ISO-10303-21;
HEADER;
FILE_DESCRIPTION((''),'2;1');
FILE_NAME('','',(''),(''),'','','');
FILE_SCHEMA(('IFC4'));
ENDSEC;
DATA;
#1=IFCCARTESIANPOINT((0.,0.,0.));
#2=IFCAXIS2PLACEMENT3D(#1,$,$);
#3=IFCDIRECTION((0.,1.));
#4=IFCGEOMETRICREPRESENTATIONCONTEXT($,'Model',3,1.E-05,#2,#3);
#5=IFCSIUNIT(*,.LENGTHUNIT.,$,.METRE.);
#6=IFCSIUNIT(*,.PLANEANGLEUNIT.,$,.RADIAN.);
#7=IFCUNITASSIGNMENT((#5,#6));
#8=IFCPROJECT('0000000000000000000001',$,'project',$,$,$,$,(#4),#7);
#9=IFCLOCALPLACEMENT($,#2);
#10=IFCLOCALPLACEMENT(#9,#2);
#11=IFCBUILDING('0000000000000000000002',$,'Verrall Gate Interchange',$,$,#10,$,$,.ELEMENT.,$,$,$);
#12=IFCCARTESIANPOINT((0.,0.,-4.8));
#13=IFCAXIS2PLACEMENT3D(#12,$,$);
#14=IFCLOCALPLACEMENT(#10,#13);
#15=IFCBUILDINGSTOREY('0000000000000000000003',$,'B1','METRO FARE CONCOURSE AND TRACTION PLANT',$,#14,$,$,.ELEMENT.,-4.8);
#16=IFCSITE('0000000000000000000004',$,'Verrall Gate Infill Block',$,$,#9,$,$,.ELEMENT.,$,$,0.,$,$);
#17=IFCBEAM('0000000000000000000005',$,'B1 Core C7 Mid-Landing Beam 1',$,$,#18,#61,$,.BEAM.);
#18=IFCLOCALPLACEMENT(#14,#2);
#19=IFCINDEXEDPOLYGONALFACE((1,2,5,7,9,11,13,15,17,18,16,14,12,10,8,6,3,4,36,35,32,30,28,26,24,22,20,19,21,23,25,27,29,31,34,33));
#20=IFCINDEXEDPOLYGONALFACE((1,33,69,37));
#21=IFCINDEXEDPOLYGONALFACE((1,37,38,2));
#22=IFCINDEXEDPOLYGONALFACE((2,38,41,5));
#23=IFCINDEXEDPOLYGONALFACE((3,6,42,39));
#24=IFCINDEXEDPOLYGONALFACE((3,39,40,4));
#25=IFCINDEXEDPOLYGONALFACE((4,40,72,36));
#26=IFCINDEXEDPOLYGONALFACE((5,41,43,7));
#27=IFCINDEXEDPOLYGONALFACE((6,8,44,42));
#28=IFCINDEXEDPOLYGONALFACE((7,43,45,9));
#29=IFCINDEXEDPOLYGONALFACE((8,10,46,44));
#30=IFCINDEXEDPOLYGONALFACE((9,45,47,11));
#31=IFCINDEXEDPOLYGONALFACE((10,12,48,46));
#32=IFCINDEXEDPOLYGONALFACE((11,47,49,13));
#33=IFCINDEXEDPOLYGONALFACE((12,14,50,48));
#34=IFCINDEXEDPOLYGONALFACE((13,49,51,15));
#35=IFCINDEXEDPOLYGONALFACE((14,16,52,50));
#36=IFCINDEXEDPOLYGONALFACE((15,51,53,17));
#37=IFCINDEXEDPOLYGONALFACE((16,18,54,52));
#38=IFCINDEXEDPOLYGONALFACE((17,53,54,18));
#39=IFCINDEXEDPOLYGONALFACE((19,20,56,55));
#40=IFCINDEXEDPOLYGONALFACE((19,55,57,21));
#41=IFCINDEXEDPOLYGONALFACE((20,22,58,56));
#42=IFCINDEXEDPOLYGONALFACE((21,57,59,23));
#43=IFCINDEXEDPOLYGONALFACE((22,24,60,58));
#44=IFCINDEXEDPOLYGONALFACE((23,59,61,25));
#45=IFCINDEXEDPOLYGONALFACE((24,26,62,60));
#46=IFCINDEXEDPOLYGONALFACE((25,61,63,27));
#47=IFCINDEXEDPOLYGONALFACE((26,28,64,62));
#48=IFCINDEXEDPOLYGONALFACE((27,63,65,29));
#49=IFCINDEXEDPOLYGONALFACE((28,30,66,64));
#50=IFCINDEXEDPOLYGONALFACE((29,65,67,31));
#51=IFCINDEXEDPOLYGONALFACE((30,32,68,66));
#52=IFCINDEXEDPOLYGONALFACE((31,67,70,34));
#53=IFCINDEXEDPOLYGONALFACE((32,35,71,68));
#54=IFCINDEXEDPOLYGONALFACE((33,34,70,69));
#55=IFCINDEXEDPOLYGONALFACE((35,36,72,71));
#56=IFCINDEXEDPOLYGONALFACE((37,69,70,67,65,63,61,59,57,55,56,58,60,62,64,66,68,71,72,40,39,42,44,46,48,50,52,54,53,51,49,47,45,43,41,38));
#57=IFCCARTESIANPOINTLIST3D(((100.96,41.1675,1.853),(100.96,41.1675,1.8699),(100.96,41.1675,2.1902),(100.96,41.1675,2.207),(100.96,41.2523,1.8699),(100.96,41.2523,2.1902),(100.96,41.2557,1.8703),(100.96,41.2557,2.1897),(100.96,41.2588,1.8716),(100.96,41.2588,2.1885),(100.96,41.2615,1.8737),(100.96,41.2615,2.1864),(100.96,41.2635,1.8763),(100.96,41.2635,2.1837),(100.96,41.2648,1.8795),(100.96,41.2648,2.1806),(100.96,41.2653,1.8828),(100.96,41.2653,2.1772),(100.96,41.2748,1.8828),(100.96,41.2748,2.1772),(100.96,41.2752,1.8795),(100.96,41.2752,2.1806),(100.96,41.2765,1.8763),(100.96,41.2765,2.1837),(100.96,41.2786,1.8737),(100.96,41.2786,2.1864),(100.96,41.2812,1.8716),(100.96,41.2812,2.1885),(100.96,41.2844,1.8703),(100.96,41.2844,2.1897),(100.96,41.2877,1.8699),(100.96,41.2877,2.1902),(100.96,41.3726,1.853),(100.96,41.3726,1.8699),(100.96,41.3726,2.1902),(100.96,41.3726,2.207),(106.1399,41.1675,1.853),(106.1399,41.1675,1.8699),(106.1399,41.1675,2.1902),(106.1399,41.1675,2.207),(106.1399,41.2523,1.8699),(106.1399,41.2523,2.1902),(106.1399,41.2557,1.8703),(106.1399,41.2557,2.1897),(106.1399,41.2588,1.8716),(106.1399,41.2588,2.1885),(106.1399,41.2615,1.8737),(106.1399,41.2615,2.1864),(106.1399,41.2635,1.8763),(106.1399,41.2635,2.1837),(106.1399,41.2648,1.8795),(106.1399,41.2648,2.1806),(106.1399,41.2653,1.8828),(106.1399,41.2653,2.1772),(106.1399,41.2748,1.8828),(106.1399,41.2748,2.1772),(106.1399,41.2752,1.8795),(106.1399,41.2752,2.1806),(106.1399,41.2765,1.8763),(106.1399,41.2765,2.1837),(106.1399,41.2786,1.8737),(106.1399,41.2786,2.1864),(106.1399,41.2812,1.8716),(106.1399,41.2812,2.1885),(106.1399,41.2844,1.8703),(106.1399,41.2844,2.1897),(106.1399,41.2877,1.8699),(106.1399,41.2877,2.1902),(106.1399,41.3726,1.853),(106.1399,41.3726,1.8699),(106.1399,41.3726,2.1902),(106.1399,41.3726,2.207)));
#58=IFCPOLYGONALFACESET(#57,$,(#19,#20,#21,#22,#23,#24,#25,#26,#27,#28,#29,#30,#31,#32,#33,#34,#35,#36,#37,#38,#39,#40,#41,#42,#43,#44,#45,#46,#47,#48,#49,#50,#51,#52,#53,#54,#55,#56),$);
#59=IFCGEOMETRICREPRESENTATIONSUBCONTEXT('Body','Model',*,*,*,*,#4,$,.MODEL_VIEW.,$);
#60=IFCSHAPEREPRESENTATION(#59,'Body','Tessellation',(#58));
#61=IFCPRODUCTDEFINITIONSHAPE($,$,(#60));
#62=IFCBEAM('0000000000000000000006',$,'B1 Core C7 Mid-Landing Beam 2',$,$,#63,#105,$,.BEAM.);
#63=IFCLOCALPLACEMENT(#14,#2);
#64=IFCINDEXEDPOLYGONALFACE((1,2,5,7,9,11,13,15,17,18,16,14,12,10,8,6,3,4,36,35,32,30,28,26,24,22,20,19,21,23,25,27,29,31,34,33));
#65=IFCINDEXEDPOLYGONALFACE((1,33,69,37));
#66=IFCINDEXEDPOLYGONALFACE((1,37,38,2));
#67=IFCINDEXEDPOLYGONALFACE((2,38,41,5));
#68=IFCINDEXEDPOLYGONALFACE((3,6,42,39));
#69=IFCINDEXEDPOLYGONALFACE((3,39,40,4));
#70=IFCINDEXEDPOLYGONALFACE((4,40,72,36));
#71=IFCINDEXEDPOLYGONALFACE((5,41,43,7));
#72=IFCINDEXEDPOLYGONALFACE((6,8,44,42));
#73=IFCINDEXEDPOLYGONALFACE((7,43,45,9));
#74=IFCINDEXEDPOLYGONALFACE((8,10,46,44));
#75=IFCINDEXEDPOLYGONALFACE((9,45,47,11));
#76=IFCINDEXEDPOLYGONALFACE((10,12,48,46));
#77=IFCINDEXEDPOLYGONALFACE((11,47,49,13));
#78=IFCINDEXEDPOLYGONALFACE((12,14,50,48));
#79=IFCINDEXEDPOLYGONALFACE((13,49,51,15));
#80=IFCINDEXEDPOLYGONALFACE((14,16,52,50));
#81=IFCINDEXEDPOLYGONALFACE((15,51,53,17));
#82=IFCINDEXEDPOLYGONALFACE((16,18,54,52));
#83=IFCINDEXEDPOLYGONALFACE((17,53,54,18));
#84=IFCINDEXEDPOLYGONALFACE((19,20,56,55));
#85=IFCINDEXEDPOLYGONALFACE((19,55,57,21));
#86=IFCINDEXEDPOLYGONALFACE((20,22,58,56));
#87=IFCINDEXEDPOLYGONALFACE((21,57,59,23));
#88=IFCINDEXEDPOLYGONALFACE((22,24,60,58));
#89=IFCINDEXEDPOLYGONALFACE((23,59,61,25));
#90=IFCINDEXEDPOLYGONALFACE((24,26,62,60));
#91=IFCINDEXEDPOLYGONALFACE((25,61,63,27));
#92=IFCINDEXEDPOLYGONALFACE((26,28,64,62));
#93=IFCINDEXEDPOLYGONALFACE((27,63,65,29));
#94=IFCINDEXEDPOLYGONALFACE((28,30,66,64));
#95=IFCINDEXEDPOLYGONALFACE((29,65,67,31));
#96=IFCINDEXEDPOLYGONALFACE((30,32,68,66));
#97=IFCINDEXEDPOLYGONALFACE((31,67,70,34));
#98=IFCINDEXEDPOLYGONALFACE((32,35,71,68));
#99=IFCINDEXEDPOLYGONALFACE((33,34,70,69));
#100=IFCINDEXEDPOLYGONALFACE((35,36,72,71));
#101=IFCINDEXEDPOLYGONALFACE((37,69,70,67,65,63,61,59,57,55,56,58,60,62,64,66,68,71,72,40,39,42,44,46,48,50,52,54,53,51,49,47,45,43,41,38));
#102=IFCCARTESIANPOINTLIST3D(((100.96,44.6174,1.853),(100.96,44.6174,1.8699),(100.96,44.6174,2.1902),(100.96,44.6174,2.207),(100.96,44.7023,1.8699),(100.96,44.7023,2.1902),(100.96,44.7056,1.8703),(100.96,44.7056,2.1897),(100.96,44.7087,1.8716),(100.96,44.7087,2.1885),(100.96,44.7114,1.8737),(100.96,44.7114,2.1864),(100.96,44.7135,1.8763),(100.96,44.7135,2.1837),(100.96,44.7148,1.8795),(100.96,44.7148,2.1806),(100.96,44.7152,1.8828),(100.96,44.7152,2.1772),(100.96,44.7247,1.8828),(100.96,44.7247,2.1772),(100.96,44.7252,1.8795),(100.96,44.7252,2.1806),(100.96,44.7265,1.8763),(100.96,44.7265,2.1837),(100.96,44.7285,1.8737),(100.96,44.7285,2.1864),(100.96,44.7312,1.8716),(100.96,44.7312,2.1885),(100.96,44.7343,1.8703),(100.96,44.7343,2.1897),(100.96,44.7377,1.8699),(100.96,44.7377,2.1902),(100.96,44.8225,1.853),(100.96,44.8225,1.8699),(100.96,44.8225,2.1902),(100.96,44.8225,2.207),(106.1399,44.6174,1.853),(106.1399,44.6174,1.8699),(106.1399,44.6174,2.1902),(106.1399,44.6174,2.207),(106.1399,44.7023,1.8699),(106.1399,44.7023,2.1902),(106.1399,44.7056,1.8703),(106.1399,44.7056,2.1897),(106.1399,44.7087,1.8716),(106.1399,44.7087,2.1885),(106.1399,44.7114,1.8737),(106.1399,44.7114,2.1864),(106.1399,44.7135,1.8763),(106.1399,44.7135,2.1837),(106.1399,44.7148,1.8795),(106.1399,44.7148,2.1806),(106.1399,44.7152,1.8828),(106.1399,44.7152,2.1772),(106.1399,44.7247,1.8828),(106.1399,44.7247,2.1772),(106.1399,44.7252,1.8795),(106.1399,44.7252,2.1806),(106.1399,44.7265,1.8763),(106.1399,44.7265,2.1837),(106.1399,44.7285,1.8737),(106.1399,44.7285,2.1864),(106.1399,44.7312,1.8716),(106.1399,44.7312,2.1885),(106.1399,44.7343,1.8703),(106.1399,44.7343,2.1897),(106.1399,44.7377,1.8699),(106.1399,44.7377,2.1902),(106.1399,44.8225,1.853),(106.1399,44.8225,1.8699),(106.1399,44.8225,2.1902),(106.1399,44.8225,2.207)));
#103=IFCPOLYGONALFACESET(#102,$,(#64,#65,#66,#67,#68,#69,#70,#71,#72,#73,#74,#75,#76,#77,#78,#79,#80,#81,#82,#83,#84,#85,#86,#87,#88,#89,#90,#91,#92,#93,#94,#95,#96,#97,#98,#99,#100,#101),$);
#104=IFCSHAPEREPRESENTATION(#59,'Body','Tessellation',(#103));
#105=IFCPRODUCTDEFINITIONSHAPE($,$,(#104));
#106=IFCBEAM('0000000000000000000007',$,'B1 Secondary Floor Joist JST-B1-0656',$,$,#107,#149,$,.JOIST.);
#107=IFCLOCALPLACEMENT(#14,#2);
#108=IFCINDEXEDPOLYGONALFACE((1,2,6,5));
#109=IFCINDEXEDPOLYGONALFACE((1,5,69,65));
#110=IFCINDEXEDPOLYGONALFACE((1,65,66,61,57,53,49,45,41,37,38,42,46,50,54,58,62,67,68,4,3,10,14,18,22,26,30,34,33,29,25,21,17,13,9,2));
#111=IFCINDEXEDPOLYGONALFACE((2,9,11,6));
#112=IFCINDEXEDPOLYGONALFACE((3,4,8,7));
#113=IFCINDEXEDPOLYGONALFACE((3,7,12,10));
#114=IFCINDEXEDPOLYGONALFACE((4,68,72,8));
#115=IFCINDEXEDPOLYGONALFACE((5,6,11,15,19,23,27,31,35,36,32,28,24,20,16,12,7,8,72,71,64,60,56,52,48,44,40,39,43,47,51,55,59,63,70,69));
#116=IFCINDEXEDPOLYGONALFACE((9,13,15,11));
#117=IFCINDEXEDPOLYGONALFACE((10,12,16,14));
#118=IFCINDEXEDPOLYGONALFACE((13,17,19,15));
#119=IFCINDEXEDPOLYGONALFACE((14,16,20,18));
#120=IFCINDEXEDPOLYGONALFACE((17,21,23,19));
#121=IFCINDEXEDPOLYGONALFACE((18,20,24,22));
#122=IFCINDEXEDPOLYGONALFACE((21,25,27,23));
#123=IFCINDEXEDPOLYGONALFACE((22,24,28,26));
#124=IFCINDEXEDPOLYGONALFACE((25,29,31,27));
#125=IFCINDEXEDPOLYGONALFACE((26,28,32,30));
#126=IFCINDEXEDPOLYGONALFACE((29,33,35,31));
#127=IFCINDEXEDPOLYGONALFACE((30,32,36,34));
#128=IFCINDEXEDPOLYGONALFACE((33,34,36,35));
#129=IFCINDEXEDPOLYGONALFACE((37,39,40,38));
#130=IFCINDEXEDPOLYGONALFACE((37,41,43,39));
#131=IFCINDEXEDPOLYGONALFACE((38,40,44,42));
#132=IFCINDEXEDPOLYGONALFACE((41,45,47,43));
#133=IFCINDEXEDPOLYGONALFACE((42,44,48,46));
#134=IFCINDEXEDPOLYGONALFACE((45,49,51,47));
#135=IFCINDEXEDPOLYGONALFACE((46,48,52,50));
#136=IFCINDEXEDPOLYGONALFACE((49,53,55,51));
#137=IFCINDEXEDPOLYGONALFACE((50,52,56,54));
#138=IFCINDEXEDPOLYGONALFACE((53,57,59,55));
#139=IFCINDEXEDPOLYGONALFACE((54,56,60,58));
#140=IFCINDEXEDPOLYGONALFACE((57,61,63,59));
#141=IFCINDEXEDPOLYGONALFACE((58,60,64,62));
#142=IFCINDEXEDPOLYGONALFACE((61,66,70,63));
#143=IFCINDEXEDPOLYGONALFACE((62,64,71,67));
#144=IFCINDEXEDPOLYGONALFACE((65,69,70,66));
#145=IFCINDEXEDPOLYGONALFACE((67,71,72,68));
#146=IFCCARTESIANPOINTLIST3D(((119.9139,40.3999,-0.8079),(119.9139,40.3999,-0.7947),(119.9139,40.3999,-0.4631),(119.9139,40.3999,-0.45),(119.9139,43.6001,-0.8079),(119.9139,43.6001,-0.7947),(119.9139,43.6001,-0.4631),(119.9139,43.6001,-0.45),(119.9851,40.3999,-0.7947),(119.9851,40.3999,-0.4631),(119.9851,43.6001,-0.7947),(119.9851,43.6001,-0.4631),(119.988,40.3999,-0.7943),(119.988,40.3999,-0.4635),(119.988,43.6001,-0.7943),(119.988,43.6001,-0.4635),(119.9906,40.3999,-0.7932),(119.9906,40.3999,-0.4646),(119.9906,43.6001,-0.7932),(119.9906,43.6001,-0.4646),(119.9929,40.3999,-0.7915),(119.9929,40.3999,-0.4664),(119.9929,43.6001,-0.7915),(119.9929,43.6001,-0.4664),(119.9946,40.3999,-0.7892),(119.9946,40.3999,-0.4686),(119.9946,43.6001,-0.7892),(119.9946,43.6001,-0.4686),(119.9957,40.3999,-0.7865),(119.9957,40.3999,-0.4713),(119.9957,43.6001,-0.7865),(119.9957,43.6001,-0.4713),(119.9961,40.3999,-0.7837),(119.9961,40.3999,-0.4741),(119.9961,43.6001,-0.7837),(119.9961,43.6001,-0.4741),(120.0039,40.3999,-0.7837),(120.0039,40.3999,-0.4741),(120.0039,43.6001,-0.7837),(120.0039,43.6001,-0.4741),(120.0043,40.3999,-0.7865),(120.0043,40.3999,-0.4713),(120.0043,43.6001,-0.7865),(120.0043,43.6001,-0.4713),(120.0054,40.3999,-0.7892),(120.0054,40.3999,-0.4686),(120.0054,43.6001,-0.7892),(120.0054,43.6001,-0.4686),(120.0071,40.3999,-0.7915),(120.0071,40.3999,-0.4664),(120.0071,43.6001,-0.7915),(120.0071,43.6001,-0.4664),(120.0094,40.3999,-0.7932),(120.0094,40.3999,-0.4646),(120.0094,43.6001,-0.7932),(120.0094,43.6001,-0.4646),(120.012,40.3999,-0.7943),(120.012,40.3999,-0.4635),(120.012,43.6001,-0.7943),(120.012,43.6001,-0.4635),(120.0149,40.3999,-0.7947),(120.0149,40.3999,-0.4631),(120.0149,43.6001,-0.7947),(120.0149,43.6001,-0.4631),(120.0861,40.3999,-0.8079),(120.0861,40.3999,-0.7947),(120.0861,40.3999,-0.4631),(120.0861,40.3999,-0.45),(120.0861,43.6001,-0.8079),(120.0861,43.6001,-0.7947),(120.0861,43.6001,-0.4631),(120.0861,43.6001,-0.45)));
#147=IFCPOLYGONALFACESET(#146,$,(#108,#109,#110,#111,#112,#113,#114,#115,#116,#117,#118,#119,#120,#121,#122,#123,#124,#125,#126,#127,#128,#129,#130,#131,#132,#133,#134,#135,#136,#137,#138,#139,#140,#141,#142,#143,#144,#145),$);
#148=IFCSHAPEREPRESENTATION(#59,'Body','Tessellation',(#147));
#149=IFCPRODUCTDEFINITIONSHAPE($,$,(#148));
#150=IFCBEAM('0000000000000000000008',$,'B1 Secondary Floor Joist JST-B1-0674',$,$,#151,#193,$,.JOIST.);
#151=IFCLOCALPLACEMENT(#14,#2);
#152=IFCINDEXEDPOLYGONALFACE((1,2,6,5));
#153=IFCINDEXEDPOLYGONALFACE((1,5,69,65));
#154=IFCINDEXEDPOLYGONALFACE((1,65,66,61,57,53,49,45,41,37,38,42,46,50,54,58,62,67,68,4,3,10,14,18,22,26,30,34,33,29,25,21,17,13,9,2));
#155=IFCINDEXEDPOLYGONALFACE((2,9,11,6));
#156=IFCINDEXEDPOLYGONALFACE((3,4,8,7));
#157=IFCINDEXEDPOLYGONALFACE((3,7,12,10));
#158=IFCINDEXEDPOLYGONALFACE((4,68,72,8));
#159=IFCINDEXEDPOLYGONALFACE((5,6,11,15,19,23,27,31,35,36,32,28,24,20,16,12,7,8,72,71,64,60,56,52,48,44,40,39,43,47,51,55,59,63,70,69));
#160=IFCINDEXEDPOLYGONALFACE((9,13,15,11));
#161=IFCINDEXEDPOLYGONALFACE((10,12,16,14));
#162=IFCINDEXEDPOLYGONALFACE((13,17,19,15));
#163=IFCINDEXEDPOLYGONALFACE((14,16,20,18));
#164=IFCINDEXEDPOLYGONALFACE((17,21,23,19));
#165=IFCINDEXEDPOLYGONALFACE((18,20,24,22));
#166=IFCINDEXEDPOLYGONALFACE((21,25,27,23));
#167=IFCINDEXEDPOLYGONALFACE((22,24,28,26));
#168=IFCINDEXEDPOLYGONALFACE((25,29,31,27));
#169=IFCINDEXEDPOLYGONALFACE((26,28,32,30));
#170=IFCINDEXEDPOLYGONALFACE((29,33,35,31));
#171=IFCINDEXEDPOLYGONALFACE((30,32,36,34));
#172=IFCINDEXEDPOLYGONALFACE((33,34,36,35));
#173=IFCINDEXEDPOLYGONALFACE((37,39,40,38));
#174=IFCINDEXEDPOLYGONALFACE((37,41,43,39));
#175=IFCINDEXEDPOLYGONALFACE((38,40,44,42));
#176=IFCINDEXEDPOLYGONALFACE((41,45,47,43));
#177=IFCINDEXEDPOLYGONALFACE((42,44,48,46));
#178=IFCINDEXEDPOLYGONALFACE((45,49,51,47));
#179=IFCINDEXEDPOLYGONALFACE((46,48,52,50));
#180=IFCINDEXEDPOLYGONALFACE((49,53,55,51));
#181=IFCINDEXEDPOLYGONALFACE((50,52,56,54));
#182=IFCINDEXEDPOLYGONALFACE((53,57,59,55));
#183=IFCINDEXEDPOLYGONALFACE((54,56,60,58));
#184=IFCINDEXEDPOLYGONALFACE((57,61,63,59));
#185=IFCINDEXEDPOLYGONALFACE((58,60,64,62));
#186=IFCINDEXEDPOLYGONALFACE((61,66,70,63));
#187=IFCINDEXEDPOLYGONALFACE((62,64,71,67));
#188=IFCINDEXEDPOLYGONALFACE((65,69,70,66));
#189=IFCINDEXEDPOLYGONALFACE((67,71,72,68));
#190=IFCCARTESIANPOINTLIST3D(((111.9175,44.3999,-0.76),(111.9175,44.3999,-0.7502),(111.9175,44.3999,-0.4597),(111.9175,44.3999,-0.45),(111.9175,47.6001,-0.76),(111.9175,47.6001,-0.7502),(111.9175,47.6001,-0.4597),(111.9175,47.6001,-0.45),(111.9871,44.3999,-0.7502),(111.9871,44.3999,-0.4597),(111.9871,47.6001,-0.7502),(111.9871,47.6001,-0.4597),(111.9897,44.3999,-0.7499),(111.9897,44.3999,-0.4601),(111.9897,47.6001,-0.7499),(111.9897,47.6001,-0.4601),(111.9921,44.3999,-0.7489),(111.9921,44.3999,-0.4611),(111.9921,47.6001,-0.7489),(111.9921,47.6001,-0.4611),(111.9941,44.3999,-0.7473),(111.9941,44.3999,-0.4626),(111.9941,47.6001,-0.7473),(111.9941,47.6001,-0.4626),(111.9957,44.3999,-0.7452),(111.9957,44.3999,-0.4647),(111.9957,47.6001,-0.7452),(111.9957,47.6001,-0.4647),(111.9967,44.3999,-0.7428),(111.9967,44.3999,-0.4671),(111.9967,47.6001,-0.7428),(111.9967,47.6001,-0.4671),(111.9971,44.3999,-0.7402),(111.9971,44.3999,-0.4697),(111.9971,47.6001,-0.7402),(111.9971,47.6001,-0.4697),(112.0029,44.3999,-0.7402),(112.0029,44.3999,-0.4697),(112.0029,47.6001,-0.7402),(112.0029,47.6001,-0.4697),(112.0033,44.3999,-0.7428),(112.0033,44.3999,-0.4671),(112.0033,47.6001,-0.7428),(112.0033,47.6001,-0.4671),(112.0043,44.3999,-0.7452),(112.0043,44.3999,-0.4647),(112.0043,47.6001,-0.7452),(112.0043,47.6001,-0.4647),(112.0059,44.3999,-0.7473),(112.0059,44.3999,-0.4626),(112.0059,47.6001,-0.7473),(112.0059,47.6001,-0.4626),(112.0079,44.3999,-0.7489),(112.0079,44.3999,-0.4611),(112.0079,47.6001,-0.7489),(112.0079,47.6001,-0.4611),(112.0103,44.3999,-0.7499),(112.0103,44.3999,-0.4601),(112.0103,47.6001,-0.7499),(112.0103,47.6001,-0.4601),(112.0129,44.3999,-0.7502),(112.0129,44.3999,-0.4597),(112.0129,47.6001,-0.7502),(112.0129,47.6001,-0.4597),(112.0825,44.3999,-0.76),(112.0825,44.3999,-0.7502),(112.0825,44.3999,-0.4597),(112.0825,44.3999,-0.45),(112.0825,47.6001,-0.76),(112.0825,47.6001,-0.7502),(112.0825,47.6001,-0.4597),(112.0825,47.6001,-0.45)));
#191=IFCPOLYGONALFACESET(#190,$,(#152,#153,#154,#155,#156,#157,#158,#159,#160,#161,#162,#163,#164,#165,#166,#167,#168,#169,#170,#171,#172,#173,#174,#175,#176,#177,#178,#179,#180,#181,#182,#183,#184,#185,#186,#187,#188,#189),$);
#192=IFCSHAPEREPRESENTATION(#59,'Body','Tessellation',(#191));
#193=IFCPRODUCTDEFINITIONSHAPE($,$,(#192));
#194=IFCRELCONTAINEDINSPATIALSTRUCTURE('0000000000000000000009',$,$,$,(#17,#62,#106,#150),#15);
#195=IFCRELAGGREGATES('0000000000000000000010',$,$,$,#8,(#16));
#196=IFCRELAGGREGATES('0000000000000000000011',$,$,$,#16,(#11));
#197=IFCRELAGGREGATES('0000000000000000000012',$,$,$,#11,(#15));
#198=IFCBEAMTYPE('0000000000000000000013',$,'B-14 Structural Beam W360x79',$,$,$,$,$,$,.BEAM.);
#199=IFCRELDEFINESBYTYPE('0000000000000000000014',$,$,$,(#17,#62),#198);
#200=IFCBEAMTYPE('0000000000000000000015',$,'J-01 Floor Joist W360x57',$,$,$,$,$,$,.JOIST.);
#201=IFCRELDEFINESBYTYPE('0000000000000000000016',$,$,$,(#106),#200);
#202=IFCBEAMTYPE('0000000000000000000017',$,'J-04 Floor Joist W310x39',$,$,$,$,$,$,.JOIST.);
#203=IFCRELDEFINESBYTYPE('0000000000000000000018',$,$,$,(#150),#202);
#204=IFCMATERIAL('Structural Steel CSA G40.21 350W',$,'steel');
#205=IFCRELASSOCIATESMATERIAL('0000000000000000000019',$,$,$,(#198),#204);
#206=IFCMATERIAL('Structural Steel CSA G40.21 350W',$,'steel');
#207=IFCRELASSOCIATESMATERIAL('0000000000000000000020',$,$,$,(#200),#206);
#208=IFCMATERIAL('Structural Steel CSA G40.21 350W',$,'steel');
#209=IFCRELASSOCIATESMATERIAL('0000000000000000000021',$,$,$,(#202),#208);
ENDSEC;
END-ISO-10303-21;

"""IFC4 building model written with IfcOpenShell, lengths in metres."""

from ifc_helpers import new_model, si_unit, direction, frame, origin, origin_2d, place, context, subcontext, project, spatial, i_section, extrude, material, material_profile, profile_set, type_object, element, save


model = new_model("IFC4")

# Units and contexts
model_context = context("Model", 3, precision=1e-05, world=origin(), true_north=direction((0.0, 1.0)))
body_context = subcontext(model_context, "Body", "Model", "MODEL_VIEW")
ifc_project = project(units=[si_unit("LENGTHUNIT", "METRE"), si_unit("PLANEANGLEUNIT", "RADIAN")], contexts=[model_context])

# Site, building, storey
site_placement = place(None, origin())
site = spatial("IfcSite", under=ifc_project, at=site_placement, Name="Verrall Gate Infill Block", CompositionType="ELEMENT", RefElevation=0.0)
building_placement = place(site_placement, origin())
building = spatial("IfcBuilding", under=site, at=building_placement, Name="Verrall Gate Interchange", CompositionType="ELEMENT")
storey_placement = place(building_placement, frame((0.0, 0.0, -4.8)))
storey = spatial("IfcBuildingStorey", under=building, at=storey_placement, Name="B1", Description="METRO FARE CONCOURSE AND TRACTION PLANT", CompositionType="ELEMENT", Elevation=-4.8)

# Beams
ifc_material_1 = material(Name="Structural Steel CSA G40.21 350W", Category="steel")
ifc_material_profile_1 = material_profile(ifc_material_1, i_section(OverallWidth=0.2051, OverallDepth=0.354, WebThickness=0.0095, FlangeThickness=0.0168, FilletRadius=0.0129, at=origin_2d()), Name="W360x79")
ifc_profile_set_1 = profile_set([ifc_material_profile_1], Name="Structural Steel CSA G40.21 350W")
beam_type_1 = type_object("IfcBeamType", Name="B-14 Structural Beam W360x79", PredefinedType="BEAM", material=ifc_profile_set_1)
for number, where, z_axis, x_axis, name in (
    (1, (100.96, 41.27, 2.03), (1.0, 0.0, 0.0), (0.0, 1.0, 0.0), "B1 Core C7 Mid-Landing Beam 1"),
    (2, (100.96, 44.72, 2.03), (1.0, 0.0, 0.0), (0.0, 1.0, 0.0), "B1 Core C7 Mid-Landing Beam 2"),
):
    element("IfcBeam", number, at=place(storey_placement, frame(where, z_axis=z_axis, x_axis=x_axis)), inside=storey, type_object=beam_type_1, Name=name, PredefinedType="BEAM", context=body_context, shape_type="SweptSolid", body=[
        extrude(i_section(OverallWidth=0.2051, OverallDepth=0.354, WebThickness=0.0095, FlangeThickness=0.0168, FilletRadius=0.0129, at=origin_2d()), origin(), (0.0, 0.0, 1.0), 5.1799),
    ])
ifc_material_2 = material(Name="Structural Steel CSA G40.21 350W", Category="steel")
ifc_material_profile_2 = material_profile(ifc_material_2, i_section(OverallWidth=0.1721, OverallDepth=0.3579, WebThickness=0.0078, FlangeThickness=0.0132, FilletRadius=0.011, at=origin_2d()), Name="W360x57")
ifc_profile_set_2 = profile_set([ifc_material_profile_2], Name="Structural Steel CSA G40.21 350W")
beam_type_2 = type_object("IfcBeamType", Name="J-01 Floor Joist W360x57", PredefinedType="JOIST", material=ifc_profile_set_2)
beam_1_placement = place(storey_placement, frame((120.0, 40.3999, -0.6289), z_axis=(0.0, 1.0, 0.0), x_axis=(-1.0, 0.0, 0.0)))
element("IfcBeam", 3, at=beam_1_placement, inside=storey, type_object=beam_type_2, Name="B1 Secondary Floor Joist JST-B1-0656", PredefinedType="JOIST", context=body_context, shape_type="SweptSolid", body=[
    extrude(i_section(OverallWidth=0.1721, OverallDepth=0.3579, WebThickness=0.0078, FlangeThickness=0.0132, FilletRadius=0.011, at=origin_2d()), origin(), (0.0, 0.0, 1.0), 3.2002),
])
ifc_material_3 = material(Name="Structural Steel CSA G40.21 350W", Category="steel")
ifc_material_profile_3 = material_profile(ifc_material_3, i_section(OverallWidth=0.165, OverallDepth=0.3101, WebThickness=0.0059, FlangeThickness=0.0098, FilletRadius=0.01, at=origin_2d()), Name="W310x39")
ifc_profile_set_3 = profile_set([ifc_material_profile_3], Name="Structural Steel CSA G40.21 350W")
beam_type_3 = type_object("IfcBeamType", Name="J-04 Floor Joist W310x39", PredefinedType="JOIST", material=ifc_profile_set_3)
beam_2_placement = place(storey_placement, frame((112.0, 44.3999, -0.605), z_axis=(0.0, 1.0, 0.0), x_axis=(-1.0, 0.0, 0.0)))
element("IfcBeam", 4, at=beam_2_placement, inside=storey, type_object=beam_type_3, Name="B1 Secondary Floor Joist JST-B1-0674", PredefinedType="JOIST", context=body_context, shape_type="SweptSolid", body=[
    extrude(i_section(OverallWidth=0.165, OverallDepth=0.3101, WebThickness=0.0059, FlangeThickness=0.0098, FilletRadius=0.01, at=origin_2d()), origin(), (0.0, 0.0, 1.0), 3.2002),
])

save(model, "model.ifc")
